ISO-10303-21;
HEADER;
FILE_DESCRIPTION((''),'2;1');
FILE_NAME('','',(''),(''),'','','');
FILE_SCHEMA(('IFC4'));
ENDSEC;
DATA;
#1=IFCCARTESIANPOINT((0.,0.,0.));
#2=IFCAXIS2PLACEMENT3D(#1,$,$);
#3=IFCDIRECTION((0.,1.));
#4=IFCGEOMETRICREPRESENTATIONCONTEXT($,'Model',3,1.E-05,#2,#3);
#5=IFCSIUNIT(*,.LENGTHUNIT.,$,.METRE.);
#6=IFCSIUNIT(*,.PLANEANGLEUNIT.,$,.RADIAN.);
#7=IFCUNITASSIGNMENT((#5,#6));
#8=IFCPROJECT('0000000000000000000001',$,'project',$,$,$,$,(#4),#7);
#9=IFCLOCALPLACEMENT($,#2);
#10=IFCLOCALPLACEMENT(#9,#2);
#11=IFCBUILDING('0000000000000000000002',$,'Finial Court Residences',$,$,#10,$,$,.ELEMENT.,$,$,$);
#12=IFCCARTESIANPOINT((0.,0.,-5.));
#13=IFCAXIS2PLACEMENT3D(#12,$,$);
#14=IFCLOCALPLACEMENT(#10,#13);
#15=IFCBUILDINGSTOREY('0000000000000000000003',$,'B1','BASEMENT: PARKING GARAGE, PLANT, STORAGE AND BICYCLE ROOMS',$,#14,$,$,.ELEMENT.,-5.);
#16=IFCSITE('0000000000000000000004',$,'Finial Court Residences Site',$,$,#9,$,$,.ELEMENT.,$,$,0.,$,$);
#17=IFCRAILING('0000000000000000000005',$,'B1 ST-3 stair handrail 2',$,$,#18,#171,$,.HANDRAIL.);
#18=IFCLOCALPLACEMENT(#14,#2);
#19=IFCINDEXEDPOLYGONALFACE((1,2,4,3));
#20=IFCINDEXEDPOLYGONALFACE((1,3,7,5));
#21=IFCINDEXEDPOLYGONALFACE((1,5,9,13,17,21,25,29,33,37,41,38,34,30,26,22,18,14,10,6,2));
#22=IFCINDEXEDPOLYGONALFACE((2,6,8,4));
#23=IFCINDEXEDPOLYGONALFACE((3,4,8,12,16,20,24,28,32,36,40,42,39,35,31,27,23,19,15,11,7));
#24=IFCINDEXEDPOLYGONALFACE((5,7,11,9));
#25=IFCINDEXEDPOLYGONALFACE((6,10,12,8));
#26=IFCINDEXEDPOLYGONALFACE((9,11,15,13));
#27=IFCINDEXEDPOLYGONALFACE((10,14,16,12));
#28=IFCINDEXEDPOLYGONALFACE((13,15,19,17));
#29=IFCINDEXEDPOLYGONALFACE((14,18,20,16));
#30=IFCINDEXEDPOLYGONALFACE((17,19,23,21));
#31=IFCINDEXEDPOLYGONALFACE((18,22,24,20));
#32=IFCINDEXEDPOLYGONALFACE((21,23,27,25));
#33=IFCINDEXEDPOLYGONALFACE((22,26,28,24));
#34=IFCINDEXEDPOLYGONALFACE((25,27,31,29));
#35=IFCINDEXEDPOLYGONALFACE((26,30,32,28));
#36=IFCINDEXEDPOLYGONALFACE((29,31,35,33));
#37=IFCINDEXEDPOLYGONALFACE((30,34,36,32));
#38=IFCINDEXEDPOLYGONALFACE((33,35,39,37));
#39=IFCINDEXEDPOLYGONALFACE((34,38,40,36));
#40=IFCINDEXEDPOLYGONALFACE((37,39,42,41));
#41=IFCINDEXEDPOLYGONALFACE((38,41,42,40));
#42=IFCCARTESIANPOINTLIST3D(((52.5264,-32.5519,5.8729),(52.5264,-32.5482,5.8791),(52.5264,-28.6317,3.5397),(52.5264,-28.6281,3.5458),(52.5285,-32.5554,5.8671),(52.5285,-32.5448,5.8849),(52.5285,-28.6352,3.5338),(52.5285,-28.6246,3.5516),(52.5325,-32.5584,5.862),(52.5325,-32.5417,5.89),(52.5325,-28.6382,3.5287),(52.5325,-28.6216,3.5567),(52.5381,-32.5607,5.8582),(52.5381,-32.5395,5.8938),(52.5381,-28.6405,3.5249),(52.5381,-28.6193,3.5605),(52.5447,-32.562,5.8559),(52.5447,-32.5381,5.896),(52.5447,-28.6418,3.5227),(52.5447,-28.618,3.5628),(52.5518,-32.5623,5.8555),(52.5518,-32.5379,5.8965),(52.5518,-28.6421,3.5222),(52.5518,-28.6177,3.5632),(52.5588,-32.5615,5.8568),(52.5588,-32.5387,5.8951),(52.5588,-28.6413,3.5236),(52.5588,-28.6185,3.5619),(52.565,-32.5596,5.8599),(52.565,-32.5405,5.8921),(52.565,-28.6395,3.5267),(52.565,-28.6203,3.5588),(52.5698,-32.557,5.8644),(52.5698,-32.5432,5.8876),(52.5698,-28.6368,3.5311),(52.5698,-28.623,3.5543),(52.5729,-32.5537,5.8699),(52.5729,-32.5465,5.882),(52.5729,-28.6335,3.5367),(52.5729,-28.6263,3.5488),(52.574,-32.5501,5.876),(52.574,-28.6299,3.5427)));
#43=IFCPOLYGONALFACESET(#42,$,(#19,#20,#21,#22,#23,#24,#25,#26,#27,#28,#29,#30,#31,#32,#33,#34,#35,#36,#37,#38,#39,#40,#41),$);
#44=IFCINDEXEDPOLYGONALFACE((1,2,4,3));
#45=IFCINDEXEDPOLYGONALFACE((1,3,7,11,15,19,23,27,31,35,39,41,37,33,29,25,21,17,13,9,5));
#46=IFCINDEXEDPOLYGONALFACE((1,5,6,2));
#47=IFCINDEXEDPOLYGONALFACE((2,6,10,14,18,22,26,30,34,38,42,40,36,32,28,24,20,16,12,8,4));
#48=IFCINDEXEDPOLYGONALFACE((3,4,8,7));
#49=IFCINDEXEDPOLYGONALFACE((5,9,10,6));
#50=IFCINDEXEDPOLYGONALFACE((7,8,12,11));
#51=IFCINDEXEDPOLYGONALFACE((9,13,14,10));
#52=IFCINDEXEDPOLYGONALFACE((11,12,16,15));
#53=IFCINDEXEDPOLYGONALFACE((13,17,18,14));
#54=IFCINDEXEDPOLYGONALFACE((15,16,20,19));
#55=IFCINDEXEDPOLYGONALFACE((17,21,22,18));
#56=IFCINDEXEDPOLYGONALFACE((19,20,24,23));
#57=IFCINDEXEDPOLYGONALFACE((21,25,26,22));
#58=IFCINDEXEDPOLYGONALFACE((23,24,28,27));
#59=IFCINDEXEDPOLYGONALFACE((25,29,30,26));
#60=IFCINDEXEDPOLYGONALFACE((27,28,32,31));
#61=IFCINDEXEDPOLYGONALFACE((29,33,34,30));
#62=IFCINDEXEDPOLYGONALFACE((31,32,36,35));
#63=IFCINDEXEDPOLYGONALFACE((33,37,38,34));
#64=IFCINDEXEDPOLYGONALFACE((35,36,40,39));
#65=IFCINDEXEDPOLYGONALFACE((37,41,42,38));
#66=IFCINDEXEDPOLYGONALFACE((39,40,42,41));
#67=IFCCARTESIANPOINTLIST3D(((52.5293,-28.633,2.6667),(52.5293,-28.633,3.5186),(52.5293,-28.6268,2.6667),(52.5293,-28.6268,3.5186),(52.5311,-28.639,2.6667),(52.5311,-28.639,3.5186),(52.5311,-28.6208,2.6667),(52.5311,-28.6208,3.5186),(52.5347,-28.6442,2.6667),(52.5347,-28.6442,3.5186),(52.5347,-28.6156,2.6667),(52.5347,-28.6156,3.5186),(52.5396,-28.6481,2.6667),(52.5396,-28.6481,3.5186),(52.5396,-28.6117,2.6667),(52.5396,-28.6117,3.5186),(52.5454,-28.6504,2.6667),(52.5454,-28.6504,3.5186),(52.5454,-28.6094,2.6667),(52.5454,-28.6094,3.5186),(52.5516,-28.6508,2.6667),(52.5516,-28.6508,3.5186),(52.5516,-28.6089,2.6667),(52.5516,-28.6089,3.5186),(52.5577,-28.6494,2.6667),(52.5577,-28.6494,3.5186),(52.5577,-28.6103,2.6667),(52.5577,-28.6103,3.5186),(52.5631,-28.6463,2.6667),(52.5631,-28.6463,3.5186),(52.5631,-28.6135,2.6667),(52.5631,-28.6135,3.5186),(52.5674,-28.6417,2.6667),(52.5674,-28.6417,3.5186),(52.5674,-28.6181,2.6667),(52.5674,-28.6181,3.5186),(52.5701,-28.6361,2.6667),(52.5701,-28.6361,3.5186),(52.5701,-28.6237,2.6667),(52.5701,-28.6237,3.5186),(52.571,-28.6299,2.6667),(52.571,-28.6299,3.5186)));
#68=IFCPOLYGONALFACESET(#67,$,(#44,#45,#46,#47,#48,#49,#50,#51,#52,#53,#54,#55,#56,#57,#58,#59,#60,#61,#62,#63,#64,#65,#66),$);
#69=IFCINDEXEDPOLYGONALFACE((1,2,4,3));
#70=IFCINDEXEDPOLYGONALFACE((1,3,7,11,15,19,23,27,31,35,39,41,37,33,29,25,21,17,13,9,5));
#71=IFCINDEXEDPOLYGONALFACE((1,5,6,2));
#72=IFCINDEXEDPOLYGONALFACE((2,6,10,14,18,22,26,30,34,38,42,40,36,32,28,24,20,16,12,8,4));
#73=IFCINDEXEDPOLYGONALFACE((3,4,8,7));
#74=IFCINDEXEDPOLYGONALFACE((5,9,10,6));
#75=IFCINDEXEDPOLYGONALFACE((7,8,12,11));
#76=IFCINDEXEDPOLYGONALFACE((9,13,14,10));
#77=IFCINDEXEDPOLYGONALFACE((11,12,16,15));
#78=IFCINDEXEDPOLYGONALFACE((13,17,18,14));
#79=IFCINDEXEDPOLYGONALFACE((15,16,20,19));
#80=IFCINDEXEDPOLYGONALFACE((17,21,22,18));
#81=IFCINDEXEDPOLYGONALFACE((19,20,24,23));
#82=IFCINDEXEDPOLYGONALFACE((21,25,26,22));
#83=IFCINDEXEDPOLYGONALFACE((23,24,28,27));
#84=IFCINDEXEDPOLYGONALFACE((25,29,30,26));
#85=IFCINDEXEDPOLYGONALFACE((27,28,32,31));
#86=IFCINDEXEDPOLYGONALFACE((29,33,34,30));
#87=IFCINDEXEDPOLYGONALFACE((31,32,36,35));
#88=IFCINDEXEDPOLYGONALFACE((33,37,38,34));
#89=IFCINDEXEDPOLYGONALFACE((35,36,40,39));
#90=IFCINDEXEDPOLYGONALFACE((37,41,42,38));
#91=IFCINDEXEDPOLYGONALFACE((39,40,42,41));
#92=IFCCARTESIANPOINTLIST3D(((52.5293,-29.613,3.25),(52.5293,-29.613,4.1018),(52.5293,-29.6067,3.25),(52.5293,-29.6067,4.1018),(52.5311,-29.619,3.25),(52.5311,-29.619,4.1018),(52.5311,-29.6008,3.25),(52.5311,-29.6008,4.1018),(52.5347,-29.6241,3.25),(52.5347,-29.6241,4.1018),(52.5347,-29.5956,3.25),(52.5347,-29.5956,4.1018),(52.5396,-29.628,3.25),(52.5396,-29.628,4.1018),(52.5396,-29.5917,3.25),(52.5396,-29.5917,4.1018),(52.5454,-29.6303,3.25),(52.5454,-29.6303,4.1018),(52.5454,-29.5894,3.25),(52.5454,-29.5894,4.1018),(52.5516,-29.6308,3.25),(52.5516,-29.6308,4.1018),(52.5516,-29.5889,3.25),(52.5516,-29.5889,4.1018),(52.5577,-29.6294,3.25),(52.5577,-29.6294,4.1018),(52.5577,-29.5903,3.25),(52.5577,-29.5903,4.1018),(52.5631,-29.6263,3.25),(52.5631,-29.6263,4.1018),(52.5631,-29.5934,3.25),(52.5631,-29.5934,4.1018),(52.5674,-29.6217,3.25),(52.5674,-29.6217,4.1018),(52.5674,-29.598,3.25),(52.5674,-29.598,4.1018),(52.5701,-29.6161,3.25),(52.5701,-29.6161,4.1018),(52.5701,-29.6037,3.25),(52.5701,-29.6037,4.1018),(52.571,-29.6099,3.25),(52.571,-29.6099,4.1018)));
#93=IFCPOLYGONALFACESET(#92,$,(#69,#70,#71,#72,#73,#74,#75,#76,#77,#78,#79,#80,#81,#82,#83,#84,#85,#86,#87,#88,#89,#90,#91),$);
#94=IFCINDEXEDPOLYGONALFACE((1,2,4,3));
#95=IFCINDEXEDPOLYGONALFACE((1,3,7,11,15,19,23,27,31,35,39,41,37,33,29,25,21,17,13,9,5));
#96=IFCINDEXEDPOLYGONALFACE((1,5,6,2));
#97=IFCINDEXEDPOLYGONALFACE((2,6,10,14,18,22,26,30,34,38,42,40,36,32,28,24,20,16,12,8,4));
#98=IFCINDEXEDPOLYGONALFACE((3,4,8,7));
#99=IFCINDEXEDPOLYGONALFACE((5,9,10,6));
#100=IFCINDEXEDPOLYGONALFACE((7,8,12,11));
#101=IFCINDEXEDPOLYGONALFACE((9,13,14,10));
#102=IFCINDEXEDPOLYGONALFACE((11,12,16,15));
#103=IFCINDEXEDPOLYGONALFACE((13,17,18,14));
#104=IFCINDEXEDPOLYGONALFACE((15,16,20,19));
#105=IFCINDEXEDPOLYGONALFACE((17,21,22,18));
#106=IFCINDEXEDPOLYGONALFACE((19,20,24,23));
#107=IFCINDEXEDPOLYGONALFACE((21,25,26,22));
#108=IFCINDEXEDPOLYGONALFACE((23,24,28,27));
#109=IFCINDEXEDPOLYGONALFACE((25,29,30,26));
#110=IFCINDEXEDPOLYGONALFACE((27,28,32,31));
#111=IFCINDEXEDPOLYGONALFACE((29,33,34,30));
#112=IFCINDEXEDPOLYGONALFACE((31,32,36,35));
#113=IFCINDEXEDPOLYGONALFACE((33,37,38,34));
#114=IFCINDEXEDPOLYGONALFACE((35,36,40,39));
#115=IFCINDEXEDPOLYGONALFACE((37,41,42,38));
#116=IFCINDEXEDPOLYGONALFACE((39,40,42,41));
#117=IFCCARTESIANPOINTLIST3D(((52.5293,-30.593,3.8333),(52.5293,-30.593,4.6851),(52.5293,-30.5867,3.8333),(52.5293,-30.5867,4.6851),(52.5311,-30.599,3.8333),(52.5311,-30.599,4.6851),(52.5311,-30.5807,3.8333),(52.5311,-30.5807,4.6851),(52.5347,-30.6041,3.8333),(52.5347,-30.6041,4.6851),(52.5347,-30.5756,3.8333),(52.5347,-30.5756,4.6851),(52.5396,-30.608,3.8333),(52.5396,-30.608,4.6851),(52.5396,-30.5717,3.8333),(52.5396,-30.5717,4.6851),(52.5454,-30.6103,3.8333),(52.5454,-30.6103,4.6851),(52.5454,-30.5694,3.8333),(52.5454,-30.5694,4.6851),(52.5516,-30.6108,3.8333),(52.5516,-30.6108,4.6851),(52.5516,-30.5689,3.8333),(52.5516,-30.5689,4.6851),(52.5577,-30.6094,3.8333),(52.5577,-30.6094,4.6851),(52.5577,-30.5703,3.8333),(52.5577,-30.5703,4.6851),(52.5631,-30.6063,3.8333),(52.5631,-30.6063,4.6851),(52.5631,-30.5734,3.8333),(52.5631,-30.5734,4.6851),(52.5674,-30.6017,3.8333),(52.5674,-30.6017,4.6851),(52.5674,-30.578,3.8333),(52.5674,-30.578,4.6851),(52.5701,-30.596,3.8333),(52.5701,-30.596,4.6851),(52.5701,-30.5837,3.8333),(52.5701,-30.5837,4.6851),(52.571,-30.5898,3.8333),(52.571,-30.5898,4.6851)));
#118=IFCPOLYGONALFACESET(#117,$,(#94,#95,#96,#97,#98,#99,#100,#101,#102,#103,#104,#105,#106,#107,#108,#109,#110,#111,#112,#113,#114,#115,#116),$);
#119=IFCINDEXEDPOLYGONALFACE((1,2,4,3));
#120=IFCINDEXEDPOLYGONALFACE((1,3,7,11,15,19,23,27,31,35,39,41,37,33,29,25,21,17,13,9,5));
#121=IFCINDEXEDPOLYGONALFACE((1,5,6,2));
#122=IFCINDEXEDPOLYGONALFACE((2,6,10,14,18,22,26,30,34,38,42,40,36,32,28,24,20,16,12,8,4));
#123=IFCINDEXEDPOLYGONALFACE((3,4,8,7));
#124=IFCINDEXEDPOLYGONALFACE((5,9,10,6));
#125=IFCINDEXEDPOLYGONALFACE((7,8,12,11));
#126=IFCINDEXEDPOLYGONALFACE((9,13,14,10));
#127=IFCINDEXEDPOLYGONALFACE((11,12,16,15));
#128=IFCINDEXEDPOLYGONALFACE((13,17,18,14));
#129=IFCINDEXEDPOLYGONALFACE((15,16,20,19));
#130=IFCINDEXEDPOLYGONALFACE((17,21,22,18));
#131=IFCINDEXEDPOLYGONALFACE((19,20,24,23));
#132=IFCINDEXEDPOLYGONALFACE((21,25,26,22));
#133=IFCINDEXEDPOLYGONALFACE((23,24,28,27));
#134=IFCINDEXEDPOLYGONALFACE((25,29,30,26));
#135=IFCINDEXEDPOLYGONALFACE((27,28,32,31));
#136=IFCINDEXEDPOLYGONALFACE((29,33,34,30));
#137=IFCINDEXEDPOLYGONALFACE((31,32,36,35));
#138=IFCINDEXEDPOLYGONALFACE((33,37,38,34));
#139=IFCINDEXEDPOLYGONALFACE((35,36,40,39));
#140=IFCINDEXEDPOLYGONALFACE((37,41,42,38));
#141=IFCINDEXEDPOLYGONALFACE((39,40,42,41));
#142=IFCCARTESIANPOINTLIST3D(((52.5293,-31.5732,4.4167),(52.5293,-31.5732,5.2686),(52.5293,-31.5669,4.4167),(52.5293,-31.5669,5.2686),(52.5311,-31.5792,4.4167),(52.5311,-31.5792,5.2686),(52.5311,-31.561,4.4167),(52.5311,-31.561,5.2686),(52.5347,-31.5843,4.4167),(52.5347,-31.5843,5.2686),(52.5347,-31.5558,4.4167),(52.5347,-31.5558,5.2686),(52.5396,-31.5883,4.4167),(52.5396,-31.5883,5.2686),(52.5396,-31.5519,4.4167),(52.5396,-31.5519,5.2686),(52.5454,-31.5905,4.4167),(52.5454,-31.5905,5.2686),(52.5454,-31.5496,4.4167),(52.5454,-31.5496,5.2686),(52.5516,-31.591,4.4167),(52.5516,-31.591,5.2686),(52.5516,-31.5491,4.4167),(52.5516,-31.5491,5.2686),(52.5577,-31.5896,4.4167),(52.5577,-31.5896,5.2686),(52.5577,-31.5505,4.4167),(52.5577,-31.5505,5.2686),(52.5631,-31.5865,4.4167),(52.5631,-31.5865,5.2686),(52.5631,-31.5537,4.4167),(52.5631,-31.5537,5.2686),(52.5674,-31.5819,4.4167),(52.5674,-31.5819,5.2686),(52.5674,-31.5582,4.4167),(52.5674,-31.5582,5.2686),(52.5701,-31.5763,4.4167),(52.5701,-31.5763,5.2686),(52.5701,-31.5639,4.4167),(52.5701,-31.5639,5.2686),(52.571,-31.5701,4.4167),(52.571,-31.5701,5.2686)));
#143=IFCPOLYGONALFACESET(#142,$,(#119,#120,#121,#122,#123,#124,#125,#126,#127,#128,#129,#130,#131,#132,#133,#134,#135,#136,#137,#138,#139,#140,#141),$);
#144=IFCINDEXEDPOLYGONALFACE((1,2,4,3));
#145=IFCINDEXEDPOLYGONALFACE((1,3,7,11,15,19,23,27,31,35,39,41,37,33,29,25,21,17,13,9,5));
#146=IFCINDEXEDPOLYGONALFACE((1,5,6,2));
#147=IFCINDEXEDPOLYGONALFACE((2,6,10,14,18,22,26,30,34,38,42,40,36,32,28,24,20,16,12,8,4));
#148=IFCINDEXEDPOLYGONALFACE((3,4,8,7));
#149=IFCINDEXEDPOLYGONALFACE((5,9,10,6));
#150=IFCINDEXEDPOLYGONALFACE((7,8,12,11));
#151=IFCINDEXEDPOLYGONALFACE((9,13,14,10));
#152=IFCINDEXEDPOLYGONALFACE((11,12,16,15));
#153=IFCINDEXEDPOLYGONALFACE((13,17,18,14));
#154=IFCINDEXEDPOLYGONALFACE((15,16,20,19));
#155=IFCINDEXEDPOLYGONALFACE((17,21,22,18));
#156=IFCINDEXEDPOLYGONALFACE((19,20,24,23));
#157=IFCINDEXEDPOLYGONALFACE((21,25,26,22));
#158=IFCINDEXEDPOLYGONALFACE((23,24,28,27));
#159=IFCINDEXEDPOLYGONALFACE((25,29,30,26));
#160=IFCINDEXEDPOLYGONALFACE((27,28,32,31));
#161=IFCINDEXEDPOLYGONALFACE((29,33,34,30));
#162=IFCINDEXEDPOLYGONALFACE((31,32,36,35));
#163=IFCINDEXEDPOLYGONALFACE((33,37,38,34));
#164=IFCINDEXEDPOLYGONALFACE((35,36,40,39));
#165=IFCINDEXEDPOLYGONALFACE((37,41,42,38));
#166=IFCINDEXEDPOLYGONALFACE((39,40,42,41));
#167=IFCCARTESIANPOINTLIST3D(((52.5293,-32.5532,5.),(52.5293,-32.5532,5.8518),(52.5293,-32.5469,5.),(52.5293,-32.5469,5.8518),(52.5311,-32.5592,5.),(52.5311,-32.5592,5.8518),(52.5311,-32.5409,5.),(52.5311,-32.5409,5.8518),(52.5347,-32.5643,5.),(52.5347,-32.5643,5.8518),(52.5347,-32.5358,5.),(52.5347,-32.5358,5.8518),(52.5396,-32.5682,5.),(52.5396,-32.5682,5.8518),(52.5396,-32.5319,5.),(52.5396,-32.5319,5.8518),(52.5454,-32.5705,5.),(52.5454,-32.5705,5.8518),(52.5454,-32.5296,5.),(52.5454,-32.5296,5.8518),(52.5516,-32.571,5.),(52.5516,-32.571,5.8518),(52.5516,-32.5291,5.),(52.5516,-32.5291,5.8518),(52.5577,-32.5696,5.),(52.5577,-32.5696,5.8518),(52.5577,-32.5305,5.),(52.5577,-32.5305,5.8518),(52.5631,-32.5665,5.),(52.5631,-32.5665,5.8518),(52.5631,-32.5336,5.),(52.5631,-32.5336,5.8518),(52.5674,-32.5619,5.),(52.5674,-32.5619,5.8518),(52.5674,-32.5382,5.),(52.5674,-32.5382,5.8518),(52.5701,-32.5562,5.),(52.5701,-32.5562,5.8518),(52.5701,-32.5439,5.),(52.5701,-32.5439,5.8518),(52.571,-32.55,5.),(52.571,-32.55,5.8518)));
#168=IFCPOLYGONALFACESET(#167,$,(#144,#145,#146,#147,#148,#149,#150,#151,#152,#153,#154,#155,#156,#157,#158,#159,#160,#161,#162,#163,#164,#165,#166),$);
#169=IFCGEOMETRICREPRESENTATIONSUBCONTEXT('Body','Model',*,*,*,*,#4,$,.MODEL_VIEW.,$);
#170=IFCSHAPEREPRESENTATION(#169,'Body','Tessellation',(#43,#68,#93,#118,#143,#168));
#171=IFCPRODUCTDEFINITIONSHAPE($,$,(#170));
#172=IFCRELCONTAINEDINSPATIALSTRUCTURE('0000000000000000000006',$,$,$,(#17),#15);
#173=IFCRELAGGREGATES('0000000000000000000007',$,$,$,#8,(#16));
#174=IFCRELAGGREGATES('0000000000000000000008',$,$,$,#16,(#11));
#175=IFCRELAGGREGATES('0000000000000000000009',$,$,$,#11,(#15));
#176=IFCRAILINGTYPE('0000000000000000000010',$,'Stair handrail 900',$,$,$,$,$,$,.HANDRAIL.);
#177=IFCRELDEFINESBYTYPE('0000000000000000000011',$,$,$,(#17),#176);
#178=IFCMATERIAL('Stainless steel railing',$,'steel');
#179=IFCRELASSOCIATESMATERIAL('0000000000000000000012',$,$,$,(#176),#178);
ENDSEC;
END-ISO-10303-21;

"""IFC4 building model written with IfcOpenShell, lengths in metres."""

from ifc_helpers import new_model, si_unit, direction, frame, origin, origin_2d, place, context, subcontext, project, spatial, circle, extrude, material, type_object, element, save


model = new_model("IFC4")

# Units and contexts
model_context = context("Model", 3, precision=1e-05, world=origin(), true_north=direction((0.0, 1.0)))
body_context = subcontext(model_context, "Body", "Model", "MODEL_VIEW")
ifc_project = project(units=[si_unit("LENGTHUNIT", "METRE"), si_unit("PLANEANGLEUNIT", "RADIAN")], contexts=[model_context])

# Site, building, storey
site_placement = place(None, origin())
site = spatial("IfcSite", under=ifc_project, at=site_placement, Name="Finial Court Residences Site", CompositionType="ELEMENT", RefElevation=0.0)
building_placement = place(site_placement, origin())
building = spatial("IfcBuilding", under=site, at=building_placement, Name="Finial Court Residences", CompositionType="ELEMENT")
storey_placement = place(building_placement, frame((0.0, 0.0, -5.0)))
storey = spatial("IfcBuildingStorey", under=building, at=storey_placement, Name="B1", Description="BASEMENT: PARKING GARAGE, PLANT, STORAGE AND BICYCLE ROOMS", CompositionType="ELEMENT", Elevation=-5.0)

# Railing
ifc_material_1 = material(Name="Stainless steel railing", Category="steel")
railing_type_1 = type_object("IfcRailingType", Name="Stair handrail 900", PredefinedType="HANDRAIL", material=ifc_material_1)
railing_1_placement = place(storey_placement, frame((52.55, -28.6299, 2.6667)))
element("IfcRailing", 1, at=railing_1_placement, inside=storey, type_object=railing_type_1, Name="B1 ST-3 stair handrail 2", PredefinedType="HANDRAIL", context=body_context, shape_type="SweptSolid", body=[
    extrude(circle(Radius=0.0239, at=origin_2d()), frame((0.0, 0.0, 0.876), z_axis=(0.0, -0.85931, 0.511455), x_axis=(1.0, 0.0, 0.0)), (0.0, 0.0, 1.0), 4.562),
    extrude(circle(Radius=0.021, at=origin_2d()), origin(), (0.0, 0.0, 1.0), 0.8518),
    extrude(circle(Radius=0.021, at=origin_2d()), frame((0.0, -0.98, 0.5833)), (0.0, 0.0, 1.0), 0.8518),
    extrude(circle(Radius=0.021, at=origin_2d()), frame((0.0, -1.96, 1.1665)), (0.0, 0.0, 1.0), 0.8518),
    extrude(circle(Radius=0.021, at=origin_2d()), frame((0.0, -2.9402, 1.75)), (0.0, 0.0, 1.0), 0.8518),
    extrude(circle(Radius=0.021, at=origin_2d()), frame((0.0, -3.9202, 2.3333)), (0.0, 0.0, 1.0), 0.8518),
])

save(model, "model.ifc")
